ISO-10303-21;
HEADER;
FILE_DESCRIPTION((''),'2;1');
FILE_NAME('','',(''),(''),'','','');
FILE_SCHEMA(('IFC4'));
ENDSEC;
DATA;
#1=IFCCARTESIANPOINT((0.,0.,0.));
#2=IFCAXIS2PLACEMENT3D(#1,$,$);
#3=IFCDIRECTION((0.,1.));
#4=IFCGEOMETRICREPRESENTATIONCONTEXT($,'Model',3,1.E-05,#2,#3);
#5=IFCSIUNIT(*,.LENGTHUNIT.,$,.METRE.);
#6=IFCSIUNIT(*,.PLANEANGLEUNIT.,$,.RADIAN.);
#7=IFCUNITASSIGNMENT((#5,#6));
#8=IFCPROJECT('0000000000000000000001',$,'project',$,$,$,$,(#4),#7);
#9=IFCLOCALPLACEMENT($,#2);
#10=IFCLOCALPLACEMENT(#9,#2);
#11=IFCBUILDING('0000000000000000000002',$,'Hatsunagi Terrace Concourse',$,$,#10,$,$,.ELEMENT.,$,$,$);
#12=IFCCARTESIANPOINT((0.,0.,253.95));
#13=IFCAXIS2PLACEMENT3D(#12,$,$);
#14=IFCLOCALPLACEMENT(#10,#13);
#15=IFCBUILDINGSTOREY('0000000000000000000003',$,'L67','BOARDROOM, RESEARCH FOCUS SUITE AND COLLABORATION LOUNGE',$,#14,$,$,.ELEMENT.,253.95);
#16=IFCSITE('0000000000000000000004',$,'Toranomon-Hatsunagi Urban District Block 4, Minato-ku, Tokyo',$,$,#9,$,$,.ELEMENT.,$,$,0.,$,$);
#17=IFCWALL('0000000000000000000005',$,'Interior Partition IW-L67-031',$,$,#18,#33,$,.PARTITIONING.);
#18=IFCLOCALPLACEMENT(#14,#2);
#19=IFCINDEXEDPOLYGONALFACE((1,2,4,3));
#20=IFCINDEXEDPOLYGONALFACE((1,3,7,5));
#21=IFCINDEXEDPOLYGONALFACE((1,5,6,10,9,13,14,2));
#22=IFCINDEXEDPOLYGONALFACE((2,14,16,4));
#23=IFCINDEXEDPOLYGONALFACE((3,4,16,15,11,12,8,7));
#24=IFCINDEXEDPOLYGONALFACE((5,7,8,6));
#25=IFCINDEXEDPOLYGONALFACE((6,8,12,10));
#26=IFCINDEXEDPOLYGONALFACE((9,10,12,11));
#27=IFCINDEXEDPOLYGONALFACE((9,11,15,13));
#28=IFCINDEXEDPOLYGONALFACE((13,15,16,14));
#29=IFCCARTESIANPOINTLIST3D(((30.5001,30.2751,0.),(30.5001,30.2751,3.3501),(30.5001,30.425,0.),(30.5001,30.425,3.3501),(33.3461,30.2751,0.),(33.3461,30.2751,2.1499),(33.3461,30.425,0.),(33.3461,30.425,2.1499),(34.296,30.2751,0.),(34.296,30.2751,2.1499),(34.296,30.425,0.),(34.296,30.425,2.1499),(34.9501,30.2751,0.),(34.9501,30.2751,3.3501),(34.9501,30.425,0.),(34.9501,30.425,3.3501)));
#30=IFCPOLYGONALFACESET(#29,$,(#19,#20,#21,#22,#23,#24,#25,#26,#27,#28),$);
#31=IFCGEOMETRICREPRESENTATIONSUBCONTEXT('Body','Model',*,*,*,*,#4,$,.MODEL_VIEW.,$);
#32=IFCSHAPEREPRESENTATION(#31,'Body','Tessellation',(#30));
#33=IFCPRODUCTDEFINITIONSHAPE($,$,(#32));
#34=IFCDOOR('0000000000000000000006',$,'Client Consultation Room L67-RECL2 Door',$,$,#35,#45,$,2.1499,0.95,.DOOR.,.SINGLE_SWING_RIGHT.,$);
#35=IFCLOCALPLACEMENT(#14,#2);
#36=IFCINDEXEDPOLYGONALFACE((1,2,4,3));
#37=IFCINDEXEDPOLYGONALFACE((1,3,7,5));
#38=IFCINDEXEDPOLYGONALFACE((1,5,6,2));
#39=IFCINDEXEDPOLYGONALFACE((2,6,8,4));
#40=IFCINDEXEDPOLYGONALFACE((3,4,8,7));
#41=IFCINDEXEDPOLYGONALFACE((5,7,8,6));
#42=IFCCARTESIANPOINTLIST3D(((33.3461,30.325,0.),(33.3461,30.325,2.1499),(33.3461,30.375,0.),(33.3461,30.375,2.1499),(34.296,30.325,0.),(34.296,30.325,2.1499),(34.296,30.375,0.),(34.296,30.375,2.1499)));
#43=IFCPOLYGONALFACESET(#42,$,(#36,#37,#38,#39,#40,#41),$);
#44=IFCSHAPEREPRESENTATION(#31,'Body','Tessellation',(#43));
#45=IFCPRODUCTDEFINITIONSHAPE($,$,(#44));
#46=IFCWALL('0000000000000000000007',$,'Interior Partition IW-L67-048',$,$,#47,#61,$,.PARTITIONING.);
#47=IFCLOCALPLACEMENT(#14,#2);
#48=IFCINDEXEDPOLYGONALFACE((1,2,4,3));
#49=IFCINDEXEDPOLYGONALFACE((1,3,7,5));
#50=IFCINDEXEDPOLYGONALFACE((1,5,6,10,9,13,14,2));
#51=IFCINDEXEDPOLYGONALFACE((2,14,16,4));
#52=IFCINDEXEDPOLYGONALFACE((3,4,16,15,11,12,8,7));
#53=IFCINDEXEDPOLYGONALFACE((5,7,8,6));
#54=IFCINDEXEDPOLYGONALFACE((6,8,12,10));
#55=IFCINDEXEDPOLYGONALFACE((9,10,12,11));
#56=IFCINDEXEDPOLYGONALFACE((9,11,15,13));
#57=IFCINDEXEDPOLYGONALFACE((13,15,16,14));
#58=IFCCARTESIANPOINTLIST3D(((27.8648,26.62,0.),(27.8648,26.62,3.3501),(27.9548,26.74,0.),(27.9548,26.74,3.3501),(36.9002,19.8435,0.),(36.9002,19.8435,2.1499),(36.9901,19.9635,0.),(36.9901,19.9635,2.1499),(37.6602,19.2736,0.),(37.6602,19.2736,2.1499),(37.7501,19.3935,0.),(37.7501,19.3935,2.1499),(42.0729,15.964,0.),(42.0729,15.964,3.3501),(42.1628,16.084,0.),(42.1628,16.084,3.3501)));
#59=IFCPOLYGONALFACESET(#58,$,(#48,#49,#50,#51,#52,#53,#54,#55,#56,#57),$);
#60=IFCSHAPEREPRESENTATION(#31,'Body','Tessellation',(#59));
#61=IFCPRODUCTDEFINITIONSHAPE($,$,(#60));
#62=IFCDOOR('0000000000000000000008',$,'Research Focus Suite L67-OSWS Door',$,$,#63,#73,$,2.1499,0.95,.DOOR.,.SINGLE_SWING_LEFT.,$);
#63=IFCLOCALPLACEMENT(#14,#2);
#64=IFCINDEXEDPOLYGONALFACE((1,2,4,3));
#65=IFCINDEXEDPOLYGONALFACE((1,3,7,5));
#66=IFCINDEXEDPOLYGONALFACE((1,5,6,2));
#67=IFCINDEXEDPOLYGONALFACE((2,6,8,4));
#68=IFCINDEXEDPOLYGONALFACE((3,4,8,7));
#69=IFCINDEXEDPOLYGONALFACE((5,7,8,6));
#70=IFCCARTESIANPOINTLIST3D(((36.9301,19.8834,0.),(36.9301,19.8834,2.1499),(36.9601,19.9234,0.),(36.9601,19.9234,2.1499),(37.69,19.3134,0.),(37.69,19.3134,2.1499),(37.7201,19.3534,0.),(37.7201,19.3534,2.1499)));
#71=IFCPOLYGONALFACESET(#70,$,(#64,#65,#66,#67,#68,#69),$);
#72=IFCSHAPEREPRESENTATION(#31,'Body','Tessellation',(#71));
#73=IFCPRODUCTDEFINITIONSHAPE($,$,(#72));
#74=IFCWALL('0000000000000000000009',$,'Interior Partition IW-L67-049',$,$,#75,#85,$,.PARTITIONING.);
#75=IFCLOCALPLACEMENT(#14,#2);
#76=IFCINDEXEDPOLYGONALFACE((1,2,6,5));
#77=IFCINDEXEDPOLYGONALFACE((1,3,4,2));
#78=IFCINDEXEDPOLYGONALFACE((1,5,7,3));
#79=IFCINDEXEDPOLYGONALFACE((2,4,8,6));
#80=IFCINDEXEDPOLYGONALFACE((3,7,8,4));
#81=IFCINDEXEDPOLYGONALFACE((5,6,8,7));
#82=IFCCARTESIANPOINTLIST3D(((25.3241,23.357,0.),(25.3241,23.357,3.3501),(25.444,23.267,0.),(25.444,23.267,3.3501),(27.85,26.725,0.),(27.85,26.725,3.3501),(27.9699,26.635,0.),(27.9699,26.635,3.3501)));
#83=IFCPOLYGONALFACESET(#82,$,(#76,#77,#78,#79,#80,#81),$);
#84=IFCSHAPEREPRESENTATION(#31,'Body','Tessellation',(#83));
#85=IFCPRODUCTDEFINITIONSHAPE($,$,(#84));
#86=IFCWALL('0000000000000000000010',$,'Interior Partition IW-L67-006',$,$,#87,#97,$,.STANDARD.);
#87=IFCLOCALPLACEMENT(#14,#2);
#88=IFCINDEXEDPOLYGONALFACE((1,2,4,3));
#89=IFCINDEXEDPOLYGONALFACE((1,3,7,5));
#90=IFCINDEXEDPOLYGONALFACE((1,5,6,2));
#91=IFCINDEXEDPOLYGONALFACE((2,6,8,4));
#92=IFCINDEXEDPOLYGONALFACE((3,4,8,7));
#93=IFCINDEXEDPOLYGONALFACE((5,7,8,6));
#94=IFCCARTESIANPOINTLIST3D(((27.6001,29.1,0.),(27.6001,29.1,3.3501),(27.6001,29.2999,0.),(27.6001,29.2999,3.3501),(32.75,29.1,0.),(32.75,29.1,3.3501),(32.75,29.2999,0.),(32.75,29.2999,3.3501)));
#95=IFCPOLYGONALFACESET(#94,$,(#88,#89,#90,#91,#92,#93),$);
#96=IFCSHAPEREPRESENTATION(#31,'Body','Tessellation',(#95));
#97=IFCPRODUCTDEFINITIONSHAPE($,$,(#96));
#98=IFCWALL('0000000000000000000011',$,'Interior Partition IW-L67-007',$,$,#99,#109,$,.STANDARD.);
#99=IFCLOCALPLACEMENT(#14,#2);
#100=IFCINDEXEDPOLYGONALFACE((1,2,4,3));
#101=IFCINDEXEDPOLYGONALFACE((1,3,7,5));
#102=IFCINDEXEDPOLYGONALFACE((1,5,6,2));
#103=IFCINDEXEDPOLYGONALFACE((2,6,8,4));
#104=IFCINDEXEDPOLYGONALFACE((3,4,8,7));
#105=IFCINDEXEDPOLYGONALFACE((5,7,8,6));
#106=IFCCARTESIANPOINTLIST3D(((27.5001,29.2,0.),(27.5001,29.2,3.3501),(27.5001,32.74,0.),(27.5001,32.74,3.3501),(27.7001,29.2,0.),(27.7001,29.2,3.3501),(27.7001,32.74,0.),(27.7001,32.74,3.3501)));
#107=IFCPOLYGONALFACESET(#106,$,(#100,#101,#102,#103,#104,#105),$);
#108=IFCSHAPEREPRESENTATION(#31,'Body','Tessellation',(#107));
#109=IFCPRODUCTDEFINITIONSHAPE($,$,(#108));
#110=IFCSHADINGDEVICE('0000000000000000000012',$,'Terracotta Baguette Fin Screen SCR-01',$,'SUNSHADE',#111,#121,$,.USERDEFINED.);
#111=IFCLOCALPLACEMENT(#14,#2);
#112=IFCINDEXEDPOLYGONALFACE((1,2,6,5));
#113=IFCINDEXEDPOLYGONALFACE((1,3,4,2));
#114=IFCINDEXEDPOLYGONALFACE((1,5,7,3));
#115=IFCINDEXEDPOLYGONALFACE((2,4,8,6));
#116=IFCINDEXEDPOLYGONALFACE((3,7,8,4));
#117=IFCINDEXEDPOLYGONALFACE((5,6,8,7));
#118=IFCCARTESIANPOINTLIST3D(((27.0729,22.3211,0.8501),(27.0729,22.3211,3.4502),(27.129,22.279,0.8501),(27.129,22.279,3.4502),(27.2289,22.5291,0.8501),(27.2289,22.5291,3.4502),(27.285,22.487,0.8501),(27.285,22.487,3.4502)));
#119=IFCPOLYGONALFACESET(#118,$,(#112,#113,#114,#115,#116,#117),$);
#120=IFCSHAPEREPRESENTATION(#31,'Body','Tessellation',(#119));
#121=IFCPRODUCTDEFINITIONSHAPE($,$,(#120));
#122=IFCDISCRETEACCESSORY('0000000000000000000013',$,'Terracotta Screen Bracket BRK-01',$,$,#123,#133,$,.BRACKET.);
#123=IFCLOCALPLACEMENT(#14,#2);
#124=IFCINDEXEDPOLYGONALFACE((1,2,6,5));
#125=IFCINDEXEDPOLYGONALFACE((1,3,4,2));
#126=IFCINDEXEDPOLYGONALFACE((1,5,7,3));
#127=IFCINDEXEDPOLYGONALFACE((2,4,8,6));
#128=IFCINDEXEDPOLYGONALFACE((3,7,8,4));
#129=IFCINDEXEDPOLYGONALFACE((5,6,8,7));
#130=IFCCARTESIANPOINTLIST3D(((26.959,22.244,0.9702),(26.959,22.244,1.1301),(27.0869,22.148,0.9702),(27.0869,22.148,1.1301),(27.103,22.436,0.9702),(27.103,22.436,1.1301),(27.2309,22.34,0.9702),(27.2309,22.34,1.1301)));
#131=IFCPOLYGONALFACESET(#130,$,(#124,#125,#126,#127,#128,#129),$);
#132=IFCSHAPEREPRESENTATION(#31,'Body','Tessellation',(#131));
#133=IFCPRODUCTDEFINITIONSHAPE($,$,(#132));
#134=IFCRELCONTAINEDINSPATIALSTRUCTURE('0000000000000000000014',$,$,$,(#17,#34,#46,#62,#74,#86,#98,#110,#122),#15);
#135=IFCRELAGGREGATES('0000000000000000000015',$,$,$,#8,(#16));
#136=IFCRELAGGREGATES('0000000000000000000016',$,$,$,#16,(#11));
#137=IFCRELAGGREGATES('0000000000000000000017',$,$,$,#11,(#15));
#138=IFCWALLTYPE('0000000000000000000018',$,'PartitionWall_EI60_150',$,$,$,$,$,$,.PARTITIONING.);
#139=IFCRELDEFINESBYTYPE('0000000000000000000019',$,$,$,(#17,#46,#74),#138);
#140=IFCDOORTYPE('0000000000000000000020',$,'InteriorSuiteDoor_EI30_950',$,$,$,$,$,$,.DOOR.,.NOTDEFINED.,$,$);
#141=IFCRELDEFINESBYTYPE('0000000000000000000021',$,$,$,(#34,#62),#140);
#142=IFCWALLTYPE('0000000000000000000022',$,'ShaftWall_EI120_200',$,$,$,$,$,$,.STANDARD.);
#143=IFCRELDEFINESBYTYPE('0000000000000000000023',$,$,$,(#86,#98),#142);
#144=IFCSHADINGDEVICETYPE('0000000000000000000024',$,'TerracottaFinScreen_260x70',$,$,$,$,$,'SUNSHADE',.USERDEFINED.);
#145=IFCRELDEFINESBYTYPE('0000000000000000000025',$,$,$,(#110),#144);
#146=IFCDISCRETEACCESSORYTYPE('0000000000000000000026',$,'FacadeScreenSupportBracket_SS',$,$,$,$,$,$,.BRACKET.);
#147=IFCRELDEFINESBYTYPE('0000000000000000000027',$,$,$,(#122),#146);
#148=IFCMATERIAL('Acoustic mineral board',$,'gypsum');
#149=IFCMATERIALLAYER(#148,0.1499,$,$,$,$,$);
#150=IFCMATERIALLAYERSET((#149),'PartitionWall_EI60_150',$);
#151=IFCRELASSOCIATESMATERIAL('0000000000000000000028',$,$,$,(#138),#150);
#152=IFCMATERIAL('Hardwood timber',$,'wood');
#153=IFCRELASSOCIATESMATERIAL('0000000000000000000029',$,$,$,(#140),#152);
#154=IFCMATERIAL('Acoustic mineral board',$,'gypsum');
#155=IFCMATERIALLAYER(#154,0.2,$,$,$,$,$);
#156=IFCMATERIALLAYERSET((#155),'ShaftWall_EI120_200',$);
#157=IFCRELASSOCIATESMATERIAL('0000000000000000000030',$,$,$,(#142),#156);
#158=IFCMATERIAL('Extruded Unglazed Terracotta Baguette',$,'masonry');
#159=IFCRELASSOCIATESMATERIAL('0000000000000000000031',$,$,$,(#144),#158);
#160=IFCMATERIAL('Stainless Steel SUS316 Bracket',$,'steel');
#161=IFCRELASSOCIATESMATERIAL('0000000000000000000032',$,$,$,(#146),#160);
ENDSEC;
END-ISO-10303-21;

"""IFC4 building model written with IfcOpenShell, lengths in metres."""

from ifc_helpers import new_model, si_unit, direction, frame, frame_2d, origin, origin_2d, place, context, subcontext, project, spatial, rectangle, extrude, material, layer, layer_set, type_object, element, fill, save


model = new_model("IFC4")

# Units and contexts
model_context = context("Model", 3, precision=1e-05, world=origin(), true_north=direction((0.0, 1.0)))
body_context = subcontext(model_context, "Body", "Model", "MODEL_VIEW")
ifc_project = project(units=[si_unit("LENGTHUNIT", "METRE"), si_unit("PLANEANGLEUNIT", "RADIAN")], contexts=[model_context])

# Site, building, storey
site_placement = place(None, origin())
site = spatial("IfcSite", under=ifc_project, at=site_placement, Name="Toranomon-Hatsunagi Urban District Block 4, Minato-ku, Tokyo", CompositionType="ELEMENT", RefElevation=0.0)
building_placement = place(site_placement, origin())
building = spatial("IfcBuilding", under=site, at=building_placement, Name="Hatsunagi Terrace Concourse", CompositionType="ELEMENT")
storey_placement = place(building_placement, frame((0.0, 0.0, 253.95)))
storey = spatial("IfcBuildingStorey", under=building, at=storey_placement, Name="L67", Description="BOARDROOM, RESEARCH FOCUS SUITE AND COLLABORATION LOUNGE", CompositionType="ELEMENT", Elevation=253.95)

# Shared definitions
ifc_material_1 = material(Name="Acoustic mineral board", Category="gypsum")
ifc_layer_1 = layer(ifc_material_1, 0.1499)
ifc_layer_set_1 = layer_set([ifc_layer_1], Name="PartitionWall_EI60_150")
wall_type_1 = type_object("IfcWallType", Name="PartitionWall_EI60_150", PredefinedType="PARTITIONING", material=ifc_layer_set_1)

# Shared definitions
ifc_material_2 = material(Name="Hardwood timber", Category="wood")
door_type = type_object("IfcDoorType", Name="InteriorSuiteDoor_EI30_950", OperationType="NOTDEFINED", PredefinedType="DOOR", material=ifc_material_2)

# Walls, openings, doors
wall_1_placement = place(storey_placement, frame((30.5, 30.3501, 0.0), z_axis=(0.0, 0.0, 1.0), x_axis=(1.0, 0.0, 0.0)))
wall_1 = element("IfcWall", 1, at=wall_1_placement, inside=storey, type_object=wall_type_1, Name="Interior Partition IW-L67-031", PredefinedType="PARTITIONING", context=body_context, shape_type="SweptSolid", body=[
    extrude(rectangle(XDim=4.45, YDim=0.1499, at=frame_2d((2.2251, 0.0))), origin(), (0.0, 0.0, 1.0), 3.3501),
])
opening_1_placement = place(wall_1_placement, frame((2.8459, 0.0, 0.0)))
opening_1 = element("IfcOpeningElement", 2, at=opening_1_placement, cuts=wall_1, PredefinedType="OPENING", context=body_context, shape_type="SweptSolid", body=[
    extrude(rectangle(XDim=0.95, YDim=2.1499, at=frame_2d((0.4751, 1.075))), frame((0.0, 0.085, 0.0), z_axis=(0.0, -1.0, 0.0), x_axis=(1.0, 0.0, 0.0)), (0.0, 0.0, 1.0), 0.1699),
])
door_1_placement = place(opening_1_placement, origin())
door_1 = element("IfcDoor", 3, at=door_1_placement, inside=storey, type_object=door_type, Name="Client Consultation Room L67-RECL2 Door", OperationType="SINGLE_SWING_RIGHT", OverallHeight=2.1499, OverallWidth=0.95, PredefinedType="DOOR", context=body_context, shape_type="SweptSolid", body=[
    extrude(rectangle(XDim=0.95, YDim=2.1499, at=frame_2d((0.4751, 1.075))), frame((0.0, 0.0249, 0.0), z_axis=(0.0, -1.0, 0.0), x_axis=(1.0, 0.0, 0.0)), (0.0, 0.0, 1.0), 0.05),
])
fill(opening_1, door_1)
wall_2_placement = place(storey_placement, frame((27.9099, 26.6799, 0.0), z_axis=(0.0, 0.0, 1.0), x_axis=(0.8, -0.6, 0.0)))
wall_2 = element("IfcWall", 4, at=wall_2_placement, inside=storey, type_object=wall_type_1, Name="Interior Partition IW-L67-048", PredefinedType="PARTITIONING", context=body_context, shape_type="SweptSolid", body=[
    extrude(rectangle(XDim=17.76, YDim=0.1499, at=frame_2d((8.8799, 0.0))), origin(), (0.0, 0.0, 1.0), 3.3501),
])
opening_2_placement = place(wall_2_placement, frame((11.2939, 0.0, 0.0)))
opening_2 = element("IfcOpeningElement", 5, at=opening_2_placement, cuts=wall_2, PredefinedType="OPENING", context=body_context, shape_type="SweptSolid", body=[
    extrude(rectangle(XDim=0.95, YDim=2.1499, at=frame_2d((0.4751, 1.075))), frame((0.0, 0.085, 0.0), z_axis=(0.0, -1.0, 0.0), x_axis=(1.0, 0.0, 0.0)), (0.0, 0.0, 1.0), 0.1699),
])
door_2_placement = place(opening_2_placement, origin())
door_2 = element("IfcDoor", 6, at=door_2_placement, inside=storey, type_object=door_type, Name="Research Focus Suite L67-OSWS Door", OperationType="SINGLE_SWING_LEFT", OverallHeight=2.1499, OverallWidth=0.95, PredefinedType="DOOR", context=body_context, shape_type="SweptSolid", body=[
    extrude(rectangle(XDim=0.95, YDim=2.1499, at=frame_2d((0.4751, 1.075))), frame((0.0, 0.0249, 0.0), z_axis=(0.0, -1.0, 0.0), x_axis=(1.0, 0.0, 0.0)), (0.0, 0.0, 1.0), 0.05),
])
fill(opening_2, door_2)

# Walls
wall_3_placement = place(storey_placement, frame((25.384, 23.312, 0.0), z_axis=(0.0, 0.0, 1.0), x_axis=(0.599991, 0.800007, 0.0)))
element("IfcWall", 7, at=wall_3_placement, inside=storey, type_object=wall_type_1, Name="Interior Partition IW-L67-049", PredefinedType="PARTITIONING", context=body_context, shape_type="SweptSolid", body=[
    extrude(rectangle(XDim=4.21, YDim=0.1499, at=frame_2d((2.105, 0.0))), origin(), (0.0, 0.0, 1.0), 3.3501),
])
ifc_material_3 = material(Name="Acoustic mineral board", Category="gypsum")
ifc_layer_2 = layer(ifc_material_3, 0.2)
ifc_layer_set_2 = layer_set([ifc_layer_2], Name="ShaftWall_EI120_200")
wall_type_2 = type_object("IfcWallType", Name="ShaftWall_EI120_200", PredefinedType="STANDARD", material=ifc_layer_set_2)
wall_4_placement = place(storey_placement, frame((27.6001, 29.2, 0.0), z_axis=(0.0, 0.0, 1.0), x_axis=(1.0, 0.0, 0.0)))
element("IfcWall", 8, at=wall_4_placement, inside=storey, type_object=wall_type_2, Name="Interior Partition IW-L67-006", PredefinedType="STANDARD", context=body_context, shape_type="SweptSolid", body=[
    extrude(rectangle(XDim=5.1499, YDim=0.2, at=frame_2d((2.575, 0.0))), origin(), (0.0, 0.0, 1.0), 3.3501),
])
wall_5_placement = place(storey_placement, frame((27.6001, 29.2, 0.0), z_axis=(0.0, 0.0, 1.0), x_axis=(0.0, 1.0, 0.0)))
element("IfcWall", 9, at=wall_5_placement, inside=storey, type_object=wall_type_2, Name="Interior Partition IW-L67-007", PredefinedType="STANDARD", context=body_context, shape_type="SweptSolid", body=[
    extrude(rectangle(XDim=3.54, YDim=0.2, at=frame_2d((1.77, 0.0))), origin(), (0.0, 0.0, 1.0), 3.3501),
])

# Shading device
ifc_material_4 = material(Name="Extruded Unglazed Terracotta Baguette", Category="masonry")
shading_device_type = type_object("IfcShadingDeviceType", Name="TerracottaFinScreen_260x70", ElementType="SUNSHADE", PredefinedType="USERDEFINED", material=ifc_material_4)
shading_device_placement = place(storey_placement, frame((27.179, 22.4041, 0.8501), z_axis=(0.0, 0.0, 1.0), x_axis=(-0.800007, 0.59999, 0.0)))
element("IfcShadingDevice", 10, at=shading_device_placement, inside=storey, type_object=shading_device_type, Name="Terracotta Baguette Fin Screen SCR-01", ObjectType="SUNSHADE", PredefinedType="USERDEFINED", context=body_context, shape_type="SweptSolid", body=[
    extrude(rectangle(XDim=0.0701, YDim=0.26, at=origin_2d()), origin(), (0.0, 0.0, 1.0), 2.6001),
])

# Discrete accessory
ifc_material_5 = material(Name="Stainless Steel SUS316 Bracket", Category="steel")
discrete_accessory_type = type_object("IfcDiscreteAccessoryType", Name="FacadeScreenSupportBracket_SS", PredefinedType="BRACKET", material=ifc_material_5)
discrete_accessory_placement = place(storey_placement, frame((27.095, 22.292, 0.9702), z_axis=(0.0, 0.0, 1.0), x_axis=(-0.800007, 0.59999, 0.0)))
element("IfcDiscreteAccessory", 11, at=discrete_accessory_placement, inside=storey, type_object=discrete_accessory_type, Name="Terracotta Screen Bracket BRK-01", PredefinedType="BRACKET", context=body_context, shape_type="SweptSolid", body=[
    extrude(rectangle(XDim=0.1599, YDim=0.24, at=origin_2d()), origin(), (0.0, 0.0, 1.0), 0.1599),
])

save(model, "model.ifc")
